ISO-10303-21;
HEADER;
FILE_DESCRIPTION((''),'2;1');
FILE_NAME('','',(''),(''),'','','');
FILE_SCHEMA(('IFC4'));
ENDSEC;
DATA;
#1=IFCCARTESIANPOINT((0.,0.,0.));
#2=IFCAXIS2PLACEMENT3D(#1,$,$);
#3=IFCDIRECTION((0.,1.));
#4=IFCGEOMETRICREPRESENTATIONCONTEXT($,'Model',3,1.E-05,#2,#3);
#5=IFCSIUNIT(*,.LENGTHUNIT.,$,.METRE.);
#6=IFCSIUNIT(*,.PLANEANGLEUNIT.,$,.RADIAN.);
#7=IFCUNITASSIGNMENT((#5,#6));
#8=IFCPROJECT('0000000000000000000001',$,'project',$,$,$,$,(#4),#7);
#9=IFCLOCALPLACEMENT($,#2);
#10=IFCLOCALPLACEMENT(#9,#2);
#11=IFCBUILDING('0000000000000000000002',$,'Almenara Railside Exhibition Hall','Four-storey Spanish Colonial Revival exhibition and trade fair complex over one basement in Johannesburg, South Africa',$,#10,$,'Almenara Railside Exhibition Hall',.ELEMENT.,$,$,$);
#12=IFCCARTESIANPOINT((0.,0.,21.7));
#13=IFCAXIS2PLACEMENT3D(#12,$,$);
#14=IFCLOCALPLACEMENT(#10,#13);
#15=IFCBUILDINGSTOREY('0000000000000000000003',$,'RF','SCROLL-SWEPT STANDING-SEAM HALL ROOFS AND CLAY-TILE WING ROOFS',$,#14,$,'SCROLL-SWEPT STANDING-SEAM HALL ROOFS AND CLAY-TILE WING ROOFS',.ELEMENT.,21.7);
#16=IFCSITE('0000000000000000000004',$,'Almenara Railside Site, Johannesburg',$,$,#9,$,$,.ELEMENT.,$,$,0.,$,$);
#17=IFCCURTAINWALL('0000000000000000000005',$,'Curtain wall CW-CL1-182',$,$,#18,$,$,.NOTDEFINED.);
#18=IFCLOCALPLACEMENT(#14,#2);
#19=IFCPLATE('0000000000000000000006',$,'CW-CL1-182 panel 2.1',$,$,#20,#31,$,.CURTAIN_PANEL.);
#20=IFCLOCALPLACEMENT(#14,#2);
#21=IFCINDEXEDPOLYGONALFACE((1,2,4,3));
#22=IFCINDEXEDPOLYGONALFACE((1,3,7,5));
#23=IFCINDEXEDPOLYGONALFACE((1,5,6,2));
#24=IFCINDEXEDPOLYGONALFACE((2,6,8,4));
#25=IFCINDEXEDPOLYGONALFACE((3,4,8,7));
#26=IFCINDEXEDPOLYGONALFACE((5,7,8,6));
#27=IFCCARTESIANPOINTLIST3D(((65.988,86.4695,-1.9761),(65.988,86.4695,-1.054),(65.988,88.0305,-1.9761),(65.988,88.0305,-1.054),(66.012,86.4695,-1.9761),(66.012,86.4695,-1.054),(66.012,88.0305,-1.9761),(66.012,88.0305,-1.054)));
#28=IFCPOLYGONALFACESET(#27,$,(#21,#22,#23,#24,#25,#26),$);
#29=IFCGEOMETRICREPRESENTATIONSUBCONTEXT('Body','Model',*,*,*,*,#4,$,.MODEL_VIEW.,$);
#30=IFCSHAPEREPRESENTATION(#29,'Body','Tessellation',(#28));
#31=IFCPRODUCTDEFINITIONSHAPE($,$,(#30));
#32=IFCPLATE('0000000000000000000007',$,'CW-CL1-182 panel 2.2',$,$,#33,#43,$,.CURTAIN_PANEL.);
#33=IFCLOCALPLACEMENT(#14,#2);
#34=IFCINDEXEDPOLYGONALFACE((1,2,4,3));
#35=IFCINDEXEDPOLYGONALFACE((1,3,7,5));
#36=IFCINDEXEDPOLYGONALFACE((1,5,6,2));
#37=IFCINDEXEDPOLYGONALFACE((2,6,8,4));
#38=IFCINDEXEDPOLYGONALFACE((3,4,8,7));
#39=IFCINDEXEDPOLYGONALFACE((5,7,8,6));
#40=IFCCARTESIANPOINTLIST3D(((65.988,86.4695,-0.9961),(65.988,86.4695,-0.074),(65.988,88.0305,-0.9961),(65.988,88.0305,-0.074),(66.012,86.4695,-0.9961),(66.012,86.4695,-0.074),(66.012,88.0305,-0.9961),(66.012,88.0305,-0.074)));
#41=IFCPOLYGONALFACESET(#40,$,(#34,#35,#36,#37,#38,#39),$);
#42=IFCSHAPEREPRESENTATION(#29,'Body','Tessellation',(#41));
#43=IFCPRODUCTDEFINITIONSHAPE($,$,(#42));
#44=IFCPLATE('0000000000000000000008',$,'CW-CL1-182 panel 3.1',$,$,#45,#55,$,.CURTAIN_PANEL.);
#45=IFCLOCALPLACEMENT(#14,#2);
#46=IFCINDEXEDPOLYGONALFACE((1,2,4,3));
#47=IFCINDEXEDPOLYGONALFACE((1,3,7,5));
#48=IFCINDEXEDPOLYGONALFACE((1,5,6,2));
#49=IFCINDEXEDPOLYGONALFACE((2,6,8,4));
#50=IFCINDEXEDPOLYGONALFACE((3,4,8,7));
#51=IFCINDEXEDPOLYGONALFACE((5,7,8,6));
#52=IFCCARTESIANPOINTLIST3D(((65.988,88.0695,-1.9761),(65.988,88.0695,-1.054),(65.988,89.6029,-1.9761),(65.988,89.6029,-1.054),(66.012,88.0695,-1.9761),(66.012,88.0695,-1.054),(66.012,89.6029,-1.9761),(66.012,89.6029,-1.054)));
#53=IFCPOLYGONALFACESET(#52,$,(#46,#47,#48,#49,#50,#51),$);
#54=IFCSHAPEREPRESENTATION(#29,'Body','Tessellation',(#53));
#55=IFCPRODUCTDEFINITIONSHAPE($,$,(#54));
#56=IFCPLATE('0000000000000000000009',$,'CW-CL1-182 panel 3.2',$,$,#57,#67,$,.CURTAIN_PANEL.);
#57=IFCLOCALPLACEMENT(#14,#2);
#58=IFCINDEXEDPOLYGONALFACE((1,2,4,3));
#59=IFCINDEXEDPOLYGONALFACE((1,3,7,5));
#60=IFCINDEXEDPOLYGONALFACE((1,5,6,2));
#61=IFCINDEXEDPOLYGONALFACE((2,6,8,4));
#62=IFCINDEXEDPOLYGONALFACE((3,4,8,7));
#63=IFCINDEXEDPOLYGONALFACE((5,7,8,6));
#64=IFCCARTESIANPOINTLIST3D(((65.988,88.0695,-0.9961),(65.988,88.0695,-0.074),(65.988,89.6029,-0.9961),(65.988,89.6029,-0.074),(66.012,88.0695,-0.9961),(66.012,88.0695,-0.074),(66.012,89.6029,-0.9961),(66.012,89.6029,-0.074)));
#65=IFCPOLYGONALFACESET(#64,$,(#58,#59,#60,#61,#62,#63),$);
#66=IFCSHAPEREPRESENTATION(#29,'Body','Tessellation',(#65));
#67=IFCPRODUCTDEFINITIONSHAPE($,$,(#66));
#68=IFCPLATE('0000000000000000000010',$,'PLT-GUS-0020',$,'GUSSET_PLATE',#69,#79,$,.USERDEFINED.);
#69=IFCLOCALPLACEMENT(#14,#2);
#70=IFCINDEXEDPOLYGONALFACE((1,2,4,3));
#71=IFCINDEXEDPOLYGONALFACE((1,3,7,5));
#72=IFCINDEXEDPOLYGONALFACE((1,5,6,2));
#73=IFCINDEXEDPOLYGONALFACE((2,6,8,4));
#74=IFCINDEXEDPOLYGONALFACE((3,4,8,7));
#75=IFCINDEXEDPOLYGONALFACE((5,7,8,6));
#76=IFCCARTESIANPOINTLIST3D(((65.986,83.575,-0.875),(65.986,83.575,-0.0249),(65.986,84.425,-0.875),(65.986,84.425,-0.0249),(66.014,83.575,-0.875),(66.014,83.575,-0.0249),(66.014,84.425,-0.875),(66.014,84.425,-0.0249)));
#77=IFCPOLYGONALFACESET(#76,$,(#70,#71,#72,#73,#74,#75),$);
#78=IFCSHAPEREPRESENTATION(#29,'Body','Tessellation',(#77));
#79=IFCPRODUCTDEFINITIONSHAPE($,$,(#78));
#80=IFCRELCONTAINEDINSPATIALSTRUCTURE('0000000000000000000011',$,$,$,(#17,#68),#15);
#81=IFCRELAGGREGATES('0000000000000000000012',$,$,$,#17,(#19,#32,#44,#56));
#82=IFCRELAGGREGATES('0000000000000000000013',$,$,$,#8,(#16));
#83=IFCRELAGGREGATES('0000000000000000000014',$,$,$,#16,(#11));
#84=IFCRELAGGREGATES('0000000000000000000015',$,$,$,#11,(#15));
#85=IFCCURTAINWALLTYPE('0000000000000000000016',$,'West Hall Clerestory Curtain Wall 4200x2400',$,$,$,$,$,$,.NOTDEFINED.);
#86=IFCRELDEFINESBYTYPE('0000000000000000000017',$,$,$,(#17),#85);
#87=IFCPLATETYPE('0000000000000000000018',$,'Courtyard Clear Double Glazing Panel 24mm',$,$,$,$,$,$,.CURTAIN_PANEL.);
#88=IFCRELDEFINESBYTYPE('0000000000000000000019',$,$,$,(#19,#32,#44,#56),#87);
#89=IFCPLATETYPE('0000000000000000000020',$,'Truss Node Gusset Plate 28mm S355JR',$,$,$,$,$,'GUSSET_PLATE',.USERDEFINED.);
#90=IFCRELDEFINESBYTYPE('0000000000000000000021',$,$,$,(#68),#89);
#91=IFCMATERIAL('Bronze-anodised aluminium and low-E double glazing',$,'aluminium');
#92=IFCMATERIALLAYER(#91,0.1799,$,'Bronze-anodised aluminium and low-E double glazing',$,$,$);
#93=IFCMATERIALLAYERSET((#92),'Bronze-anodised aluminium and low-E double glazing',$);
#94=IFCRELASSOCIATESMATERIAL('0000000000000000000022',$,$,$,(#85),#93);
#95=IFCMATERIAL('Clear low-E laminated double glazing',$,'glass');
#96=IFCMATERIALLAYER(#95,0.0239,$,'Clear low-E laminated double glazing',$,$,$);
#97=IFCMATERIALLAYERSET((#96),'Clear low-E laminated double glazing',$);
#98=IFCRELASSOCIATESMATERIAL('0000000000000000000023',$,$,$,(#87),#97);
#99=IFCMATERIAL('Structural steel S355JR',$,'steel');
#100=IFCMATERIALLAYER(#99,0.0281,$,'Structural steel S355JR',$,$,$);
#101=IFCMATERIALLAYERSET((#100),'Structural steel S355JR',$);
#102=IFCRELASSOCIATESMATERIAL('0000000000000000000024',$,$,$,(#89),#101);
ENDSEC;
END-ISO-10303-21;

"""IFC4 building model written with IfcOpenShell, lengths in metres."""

from ifc_helpers import new_model, si_unit, direction, frame, origin, origin_2d, place, context, subcontext, project, spatial, rectangle, extrude, material, layer, layer_set, type_object, element, aggregate, save


model = new_model("IFC4")

# Units and contexts
model_context = context("Model", 3, precision=1e-05, world=origin(), true_north=direction((0.0, 1.0)))
body_context = subcontext(model_context, "Body", "Model", "MODEL_VIEW")
ifc_project = project(units=[si_unit("LENGTHUNIT", "METRE"), si_unit("PLANEANGLEUNIT", "RADIAN")], contexts=[model_context])

# Site, building, storey
site_placement = place(None, origin())
site = spatial("IfcSite", under=ifc_project, at=site_placement, Name="Almenara Railside Site, Johannesburg", CompositionType="ELEMENT", RefElevation=0.0)
building_placement = place(site_placement, origin())
building = spatial("IfcBuilding", under=site, at=building_placement, Name="Almenara Railside Exhibition Hall", Description="Four-storey Spanish Colonial Revival exhibition and trade fair complex over one basement in Johannesburg, South Africa", LongName="Almenara Railside Exhibition Hall", CompositionType="ELEMENT")
storey_placement = place(building_placement, frame((0.0, 0.0, 21.7)))
storey = spatial("IfcBuildingStorey", under=building, at=storey_placement, Name="RF", Description="SCROLL-SWEPT STANDING-SEAM HALL ROOFS AND CLAY-TILE WING ROOFS", LongName="SCROLL-SWEPT STANDING-SEAM HALL ROOFS AND CLAY-TILE WING ROOFS", CompositionType="ELEMENT", Elevation=21.7)

# Shared definitions
ifc_material_1 = material(Name="Structural steel S355JR", Category="steel")

# Curtain wall
ifc_material_2 = material(Name="Bronze-anodised aluminium and low-E double glazing", Category="aluminium")
ifc_layer_1 = layer(ifc_material_2, 0.1799, Name="Bronze-anodised aluminium and low-E double glazing")
ifc_layer_set_1 = layer_set([ifc_layer_1], Name="Bronze-anodised aluminium and low-E double glazing")
curtain_wall_type = type_object("IfcCurtainWallType", Name="West Hall Clerestory Curtain Wall 4200x2400", PredefinedType="NOTDEFINED", material=ifc_layer_set_1)
curtain_wall_1_placement = place(storey_placement, origin())
curtain_wall_1 = element("IfcCurtainWall", 1, at=curtain_wall_1_placement, inside=storey, type_object=curtain_wall_type, Name="Curtain wall CW-CL1-182", PredefinedType="NOTDEFINED")

# Plates
ifc_material_3 = material(Name="Clear low-E laminated double glazing", Category="glass")
ifc_layer_2 = layer(ifc_material_3, 0.0239, Name="Clear low-E laminated double glazing")
ifc_layer_set_2 = layer_set([ifc_layer_2], Name="Clear low-E laminated double glazing")
plate_type_1 = type_object("IfcPlateType", Name="Courtyard Clear Double Glazing Panel 24mm", PredefinedType="CURTAIN_PANEL", material=ifc_layer_set_2)
plate_1_placement = place(storey_placement, frame((66.0, 87.25, -1.9761), z_axis=(0.0, 0.0, 1.0), x_axis=(0.0, 1.0, 0.0)))
plate_1 = element("IfcPlate", 2, at=plate_1_placement, type_object=plate_type_1, Name="CW-CL1-182 panel 2.1", PredefinedType="CURTAIN_PANEL", context=body_context, shape_type="SweptSolid", body=[
    extrude(rectangle(XDim=1.561, YDim=0.0239, at=origin_2d()), origin(), (0.0, 0.0, 1.0), 0.9221),
])
plate_2_placement = place(storey_placement, frame((66.0, 87.25, -0.9961), z_axis=(0.0, 0.0, 1.0), x_axis=(0.0, 1.0, 0.0)))
plate_2 = element("IfcPlate", 3, at=plate_2_placement, type_object=plate_type_1, Name="CW-CL1-182 panel 2.2", PredefinedType="CURTAIN_PANEL", context=body_context, shape_type="SweptSolid", body=[
    extrude(rectangle(XDim=1.561, YDim=0.0239, at=origin_2d()), origin(), (0.0, 0.0, 1.0), 0.9221),
])
plate_3_placement = place(storey_placement, frame((66.0, 88.8362, -1.9761), z_axis=(0.0, 0.0, 1.0), x_axis=(0.0, 1.0, 0.0)))
plate_3 = element("IfcPlate", 4, at=plate_3_placement, type_object=plate_type_1, Name="CW-CL1-182 panel 3.1", PredefinedType="CURTAIN_PANEL", context=body_context, shape_type="SweptSolid", body=[
    extrude(rectangle(XDim=1.5334, YDim=0.0239, at=origin_2d()), origin(), (0.0, 0.0, 1.0), 0.9221),
])
plate_4_placement = place(storey_placement, frame((66.0, 88.8362, -0.9961), z_axis=(0.0, 0.0, 1.0), x_axis=(0.0, 1.0, 0.0)))
plate_4 = element("IfcPlate", 5, at=plate_4_placement, type_object=plate_type_1, Name="CW-CL1-182 panel 3.2", PredefinedType="CURTAIN_PANEL", context=body_context, shape_type="SweptSolid", body=[
    extrude(rectangle(XDim=1.5334, YDim=0.0239, at=origin_2d()), origin(), (0.0, 0.0, 1.0), 0.9221),
])
aggregate(curtain_wall_1, [plate_1, plate_2, plate_3, plate_4])
ifc_layer_3 = layer(ifc_material_1, 0.0281, Name="Structural steel S355JR")
ifc_layer_set_3 = layer_set([ifc_layer_3], Name="Structural steel S355JR")
plate_type_2 = type_object("IfcPlateType", Name="Truss Node Gusset Plate 28mm S355JR", ElementType="GUSSET_PLATE", PredefinedType="USERDEFINED", material=ifc_layer_set_3)
plate_5_placement = place(storey_placement, frame((66.0, 84.0, -0.875), z_axis=(0.0, 0.0, 1.0), x_axis=(0.0, 1.0, 0.0)))
element("IfcPlate", 6, at=plate_5_placement, inside=storey, type_object=plate_type_2, Name="PLT-GUS-0020", ObjectType="GUSSET_PLATE", PredefinedType="USERDEFINED", context=body_context, shape_type="SweptSolid", body=[
    extrude(rectangle(XDim=0.8501, YDim=0.0281, at=origin_2d()), origin(), (0.0, 0.0, 1.0), 0.8501),
])

save(model, "model.ifc")
